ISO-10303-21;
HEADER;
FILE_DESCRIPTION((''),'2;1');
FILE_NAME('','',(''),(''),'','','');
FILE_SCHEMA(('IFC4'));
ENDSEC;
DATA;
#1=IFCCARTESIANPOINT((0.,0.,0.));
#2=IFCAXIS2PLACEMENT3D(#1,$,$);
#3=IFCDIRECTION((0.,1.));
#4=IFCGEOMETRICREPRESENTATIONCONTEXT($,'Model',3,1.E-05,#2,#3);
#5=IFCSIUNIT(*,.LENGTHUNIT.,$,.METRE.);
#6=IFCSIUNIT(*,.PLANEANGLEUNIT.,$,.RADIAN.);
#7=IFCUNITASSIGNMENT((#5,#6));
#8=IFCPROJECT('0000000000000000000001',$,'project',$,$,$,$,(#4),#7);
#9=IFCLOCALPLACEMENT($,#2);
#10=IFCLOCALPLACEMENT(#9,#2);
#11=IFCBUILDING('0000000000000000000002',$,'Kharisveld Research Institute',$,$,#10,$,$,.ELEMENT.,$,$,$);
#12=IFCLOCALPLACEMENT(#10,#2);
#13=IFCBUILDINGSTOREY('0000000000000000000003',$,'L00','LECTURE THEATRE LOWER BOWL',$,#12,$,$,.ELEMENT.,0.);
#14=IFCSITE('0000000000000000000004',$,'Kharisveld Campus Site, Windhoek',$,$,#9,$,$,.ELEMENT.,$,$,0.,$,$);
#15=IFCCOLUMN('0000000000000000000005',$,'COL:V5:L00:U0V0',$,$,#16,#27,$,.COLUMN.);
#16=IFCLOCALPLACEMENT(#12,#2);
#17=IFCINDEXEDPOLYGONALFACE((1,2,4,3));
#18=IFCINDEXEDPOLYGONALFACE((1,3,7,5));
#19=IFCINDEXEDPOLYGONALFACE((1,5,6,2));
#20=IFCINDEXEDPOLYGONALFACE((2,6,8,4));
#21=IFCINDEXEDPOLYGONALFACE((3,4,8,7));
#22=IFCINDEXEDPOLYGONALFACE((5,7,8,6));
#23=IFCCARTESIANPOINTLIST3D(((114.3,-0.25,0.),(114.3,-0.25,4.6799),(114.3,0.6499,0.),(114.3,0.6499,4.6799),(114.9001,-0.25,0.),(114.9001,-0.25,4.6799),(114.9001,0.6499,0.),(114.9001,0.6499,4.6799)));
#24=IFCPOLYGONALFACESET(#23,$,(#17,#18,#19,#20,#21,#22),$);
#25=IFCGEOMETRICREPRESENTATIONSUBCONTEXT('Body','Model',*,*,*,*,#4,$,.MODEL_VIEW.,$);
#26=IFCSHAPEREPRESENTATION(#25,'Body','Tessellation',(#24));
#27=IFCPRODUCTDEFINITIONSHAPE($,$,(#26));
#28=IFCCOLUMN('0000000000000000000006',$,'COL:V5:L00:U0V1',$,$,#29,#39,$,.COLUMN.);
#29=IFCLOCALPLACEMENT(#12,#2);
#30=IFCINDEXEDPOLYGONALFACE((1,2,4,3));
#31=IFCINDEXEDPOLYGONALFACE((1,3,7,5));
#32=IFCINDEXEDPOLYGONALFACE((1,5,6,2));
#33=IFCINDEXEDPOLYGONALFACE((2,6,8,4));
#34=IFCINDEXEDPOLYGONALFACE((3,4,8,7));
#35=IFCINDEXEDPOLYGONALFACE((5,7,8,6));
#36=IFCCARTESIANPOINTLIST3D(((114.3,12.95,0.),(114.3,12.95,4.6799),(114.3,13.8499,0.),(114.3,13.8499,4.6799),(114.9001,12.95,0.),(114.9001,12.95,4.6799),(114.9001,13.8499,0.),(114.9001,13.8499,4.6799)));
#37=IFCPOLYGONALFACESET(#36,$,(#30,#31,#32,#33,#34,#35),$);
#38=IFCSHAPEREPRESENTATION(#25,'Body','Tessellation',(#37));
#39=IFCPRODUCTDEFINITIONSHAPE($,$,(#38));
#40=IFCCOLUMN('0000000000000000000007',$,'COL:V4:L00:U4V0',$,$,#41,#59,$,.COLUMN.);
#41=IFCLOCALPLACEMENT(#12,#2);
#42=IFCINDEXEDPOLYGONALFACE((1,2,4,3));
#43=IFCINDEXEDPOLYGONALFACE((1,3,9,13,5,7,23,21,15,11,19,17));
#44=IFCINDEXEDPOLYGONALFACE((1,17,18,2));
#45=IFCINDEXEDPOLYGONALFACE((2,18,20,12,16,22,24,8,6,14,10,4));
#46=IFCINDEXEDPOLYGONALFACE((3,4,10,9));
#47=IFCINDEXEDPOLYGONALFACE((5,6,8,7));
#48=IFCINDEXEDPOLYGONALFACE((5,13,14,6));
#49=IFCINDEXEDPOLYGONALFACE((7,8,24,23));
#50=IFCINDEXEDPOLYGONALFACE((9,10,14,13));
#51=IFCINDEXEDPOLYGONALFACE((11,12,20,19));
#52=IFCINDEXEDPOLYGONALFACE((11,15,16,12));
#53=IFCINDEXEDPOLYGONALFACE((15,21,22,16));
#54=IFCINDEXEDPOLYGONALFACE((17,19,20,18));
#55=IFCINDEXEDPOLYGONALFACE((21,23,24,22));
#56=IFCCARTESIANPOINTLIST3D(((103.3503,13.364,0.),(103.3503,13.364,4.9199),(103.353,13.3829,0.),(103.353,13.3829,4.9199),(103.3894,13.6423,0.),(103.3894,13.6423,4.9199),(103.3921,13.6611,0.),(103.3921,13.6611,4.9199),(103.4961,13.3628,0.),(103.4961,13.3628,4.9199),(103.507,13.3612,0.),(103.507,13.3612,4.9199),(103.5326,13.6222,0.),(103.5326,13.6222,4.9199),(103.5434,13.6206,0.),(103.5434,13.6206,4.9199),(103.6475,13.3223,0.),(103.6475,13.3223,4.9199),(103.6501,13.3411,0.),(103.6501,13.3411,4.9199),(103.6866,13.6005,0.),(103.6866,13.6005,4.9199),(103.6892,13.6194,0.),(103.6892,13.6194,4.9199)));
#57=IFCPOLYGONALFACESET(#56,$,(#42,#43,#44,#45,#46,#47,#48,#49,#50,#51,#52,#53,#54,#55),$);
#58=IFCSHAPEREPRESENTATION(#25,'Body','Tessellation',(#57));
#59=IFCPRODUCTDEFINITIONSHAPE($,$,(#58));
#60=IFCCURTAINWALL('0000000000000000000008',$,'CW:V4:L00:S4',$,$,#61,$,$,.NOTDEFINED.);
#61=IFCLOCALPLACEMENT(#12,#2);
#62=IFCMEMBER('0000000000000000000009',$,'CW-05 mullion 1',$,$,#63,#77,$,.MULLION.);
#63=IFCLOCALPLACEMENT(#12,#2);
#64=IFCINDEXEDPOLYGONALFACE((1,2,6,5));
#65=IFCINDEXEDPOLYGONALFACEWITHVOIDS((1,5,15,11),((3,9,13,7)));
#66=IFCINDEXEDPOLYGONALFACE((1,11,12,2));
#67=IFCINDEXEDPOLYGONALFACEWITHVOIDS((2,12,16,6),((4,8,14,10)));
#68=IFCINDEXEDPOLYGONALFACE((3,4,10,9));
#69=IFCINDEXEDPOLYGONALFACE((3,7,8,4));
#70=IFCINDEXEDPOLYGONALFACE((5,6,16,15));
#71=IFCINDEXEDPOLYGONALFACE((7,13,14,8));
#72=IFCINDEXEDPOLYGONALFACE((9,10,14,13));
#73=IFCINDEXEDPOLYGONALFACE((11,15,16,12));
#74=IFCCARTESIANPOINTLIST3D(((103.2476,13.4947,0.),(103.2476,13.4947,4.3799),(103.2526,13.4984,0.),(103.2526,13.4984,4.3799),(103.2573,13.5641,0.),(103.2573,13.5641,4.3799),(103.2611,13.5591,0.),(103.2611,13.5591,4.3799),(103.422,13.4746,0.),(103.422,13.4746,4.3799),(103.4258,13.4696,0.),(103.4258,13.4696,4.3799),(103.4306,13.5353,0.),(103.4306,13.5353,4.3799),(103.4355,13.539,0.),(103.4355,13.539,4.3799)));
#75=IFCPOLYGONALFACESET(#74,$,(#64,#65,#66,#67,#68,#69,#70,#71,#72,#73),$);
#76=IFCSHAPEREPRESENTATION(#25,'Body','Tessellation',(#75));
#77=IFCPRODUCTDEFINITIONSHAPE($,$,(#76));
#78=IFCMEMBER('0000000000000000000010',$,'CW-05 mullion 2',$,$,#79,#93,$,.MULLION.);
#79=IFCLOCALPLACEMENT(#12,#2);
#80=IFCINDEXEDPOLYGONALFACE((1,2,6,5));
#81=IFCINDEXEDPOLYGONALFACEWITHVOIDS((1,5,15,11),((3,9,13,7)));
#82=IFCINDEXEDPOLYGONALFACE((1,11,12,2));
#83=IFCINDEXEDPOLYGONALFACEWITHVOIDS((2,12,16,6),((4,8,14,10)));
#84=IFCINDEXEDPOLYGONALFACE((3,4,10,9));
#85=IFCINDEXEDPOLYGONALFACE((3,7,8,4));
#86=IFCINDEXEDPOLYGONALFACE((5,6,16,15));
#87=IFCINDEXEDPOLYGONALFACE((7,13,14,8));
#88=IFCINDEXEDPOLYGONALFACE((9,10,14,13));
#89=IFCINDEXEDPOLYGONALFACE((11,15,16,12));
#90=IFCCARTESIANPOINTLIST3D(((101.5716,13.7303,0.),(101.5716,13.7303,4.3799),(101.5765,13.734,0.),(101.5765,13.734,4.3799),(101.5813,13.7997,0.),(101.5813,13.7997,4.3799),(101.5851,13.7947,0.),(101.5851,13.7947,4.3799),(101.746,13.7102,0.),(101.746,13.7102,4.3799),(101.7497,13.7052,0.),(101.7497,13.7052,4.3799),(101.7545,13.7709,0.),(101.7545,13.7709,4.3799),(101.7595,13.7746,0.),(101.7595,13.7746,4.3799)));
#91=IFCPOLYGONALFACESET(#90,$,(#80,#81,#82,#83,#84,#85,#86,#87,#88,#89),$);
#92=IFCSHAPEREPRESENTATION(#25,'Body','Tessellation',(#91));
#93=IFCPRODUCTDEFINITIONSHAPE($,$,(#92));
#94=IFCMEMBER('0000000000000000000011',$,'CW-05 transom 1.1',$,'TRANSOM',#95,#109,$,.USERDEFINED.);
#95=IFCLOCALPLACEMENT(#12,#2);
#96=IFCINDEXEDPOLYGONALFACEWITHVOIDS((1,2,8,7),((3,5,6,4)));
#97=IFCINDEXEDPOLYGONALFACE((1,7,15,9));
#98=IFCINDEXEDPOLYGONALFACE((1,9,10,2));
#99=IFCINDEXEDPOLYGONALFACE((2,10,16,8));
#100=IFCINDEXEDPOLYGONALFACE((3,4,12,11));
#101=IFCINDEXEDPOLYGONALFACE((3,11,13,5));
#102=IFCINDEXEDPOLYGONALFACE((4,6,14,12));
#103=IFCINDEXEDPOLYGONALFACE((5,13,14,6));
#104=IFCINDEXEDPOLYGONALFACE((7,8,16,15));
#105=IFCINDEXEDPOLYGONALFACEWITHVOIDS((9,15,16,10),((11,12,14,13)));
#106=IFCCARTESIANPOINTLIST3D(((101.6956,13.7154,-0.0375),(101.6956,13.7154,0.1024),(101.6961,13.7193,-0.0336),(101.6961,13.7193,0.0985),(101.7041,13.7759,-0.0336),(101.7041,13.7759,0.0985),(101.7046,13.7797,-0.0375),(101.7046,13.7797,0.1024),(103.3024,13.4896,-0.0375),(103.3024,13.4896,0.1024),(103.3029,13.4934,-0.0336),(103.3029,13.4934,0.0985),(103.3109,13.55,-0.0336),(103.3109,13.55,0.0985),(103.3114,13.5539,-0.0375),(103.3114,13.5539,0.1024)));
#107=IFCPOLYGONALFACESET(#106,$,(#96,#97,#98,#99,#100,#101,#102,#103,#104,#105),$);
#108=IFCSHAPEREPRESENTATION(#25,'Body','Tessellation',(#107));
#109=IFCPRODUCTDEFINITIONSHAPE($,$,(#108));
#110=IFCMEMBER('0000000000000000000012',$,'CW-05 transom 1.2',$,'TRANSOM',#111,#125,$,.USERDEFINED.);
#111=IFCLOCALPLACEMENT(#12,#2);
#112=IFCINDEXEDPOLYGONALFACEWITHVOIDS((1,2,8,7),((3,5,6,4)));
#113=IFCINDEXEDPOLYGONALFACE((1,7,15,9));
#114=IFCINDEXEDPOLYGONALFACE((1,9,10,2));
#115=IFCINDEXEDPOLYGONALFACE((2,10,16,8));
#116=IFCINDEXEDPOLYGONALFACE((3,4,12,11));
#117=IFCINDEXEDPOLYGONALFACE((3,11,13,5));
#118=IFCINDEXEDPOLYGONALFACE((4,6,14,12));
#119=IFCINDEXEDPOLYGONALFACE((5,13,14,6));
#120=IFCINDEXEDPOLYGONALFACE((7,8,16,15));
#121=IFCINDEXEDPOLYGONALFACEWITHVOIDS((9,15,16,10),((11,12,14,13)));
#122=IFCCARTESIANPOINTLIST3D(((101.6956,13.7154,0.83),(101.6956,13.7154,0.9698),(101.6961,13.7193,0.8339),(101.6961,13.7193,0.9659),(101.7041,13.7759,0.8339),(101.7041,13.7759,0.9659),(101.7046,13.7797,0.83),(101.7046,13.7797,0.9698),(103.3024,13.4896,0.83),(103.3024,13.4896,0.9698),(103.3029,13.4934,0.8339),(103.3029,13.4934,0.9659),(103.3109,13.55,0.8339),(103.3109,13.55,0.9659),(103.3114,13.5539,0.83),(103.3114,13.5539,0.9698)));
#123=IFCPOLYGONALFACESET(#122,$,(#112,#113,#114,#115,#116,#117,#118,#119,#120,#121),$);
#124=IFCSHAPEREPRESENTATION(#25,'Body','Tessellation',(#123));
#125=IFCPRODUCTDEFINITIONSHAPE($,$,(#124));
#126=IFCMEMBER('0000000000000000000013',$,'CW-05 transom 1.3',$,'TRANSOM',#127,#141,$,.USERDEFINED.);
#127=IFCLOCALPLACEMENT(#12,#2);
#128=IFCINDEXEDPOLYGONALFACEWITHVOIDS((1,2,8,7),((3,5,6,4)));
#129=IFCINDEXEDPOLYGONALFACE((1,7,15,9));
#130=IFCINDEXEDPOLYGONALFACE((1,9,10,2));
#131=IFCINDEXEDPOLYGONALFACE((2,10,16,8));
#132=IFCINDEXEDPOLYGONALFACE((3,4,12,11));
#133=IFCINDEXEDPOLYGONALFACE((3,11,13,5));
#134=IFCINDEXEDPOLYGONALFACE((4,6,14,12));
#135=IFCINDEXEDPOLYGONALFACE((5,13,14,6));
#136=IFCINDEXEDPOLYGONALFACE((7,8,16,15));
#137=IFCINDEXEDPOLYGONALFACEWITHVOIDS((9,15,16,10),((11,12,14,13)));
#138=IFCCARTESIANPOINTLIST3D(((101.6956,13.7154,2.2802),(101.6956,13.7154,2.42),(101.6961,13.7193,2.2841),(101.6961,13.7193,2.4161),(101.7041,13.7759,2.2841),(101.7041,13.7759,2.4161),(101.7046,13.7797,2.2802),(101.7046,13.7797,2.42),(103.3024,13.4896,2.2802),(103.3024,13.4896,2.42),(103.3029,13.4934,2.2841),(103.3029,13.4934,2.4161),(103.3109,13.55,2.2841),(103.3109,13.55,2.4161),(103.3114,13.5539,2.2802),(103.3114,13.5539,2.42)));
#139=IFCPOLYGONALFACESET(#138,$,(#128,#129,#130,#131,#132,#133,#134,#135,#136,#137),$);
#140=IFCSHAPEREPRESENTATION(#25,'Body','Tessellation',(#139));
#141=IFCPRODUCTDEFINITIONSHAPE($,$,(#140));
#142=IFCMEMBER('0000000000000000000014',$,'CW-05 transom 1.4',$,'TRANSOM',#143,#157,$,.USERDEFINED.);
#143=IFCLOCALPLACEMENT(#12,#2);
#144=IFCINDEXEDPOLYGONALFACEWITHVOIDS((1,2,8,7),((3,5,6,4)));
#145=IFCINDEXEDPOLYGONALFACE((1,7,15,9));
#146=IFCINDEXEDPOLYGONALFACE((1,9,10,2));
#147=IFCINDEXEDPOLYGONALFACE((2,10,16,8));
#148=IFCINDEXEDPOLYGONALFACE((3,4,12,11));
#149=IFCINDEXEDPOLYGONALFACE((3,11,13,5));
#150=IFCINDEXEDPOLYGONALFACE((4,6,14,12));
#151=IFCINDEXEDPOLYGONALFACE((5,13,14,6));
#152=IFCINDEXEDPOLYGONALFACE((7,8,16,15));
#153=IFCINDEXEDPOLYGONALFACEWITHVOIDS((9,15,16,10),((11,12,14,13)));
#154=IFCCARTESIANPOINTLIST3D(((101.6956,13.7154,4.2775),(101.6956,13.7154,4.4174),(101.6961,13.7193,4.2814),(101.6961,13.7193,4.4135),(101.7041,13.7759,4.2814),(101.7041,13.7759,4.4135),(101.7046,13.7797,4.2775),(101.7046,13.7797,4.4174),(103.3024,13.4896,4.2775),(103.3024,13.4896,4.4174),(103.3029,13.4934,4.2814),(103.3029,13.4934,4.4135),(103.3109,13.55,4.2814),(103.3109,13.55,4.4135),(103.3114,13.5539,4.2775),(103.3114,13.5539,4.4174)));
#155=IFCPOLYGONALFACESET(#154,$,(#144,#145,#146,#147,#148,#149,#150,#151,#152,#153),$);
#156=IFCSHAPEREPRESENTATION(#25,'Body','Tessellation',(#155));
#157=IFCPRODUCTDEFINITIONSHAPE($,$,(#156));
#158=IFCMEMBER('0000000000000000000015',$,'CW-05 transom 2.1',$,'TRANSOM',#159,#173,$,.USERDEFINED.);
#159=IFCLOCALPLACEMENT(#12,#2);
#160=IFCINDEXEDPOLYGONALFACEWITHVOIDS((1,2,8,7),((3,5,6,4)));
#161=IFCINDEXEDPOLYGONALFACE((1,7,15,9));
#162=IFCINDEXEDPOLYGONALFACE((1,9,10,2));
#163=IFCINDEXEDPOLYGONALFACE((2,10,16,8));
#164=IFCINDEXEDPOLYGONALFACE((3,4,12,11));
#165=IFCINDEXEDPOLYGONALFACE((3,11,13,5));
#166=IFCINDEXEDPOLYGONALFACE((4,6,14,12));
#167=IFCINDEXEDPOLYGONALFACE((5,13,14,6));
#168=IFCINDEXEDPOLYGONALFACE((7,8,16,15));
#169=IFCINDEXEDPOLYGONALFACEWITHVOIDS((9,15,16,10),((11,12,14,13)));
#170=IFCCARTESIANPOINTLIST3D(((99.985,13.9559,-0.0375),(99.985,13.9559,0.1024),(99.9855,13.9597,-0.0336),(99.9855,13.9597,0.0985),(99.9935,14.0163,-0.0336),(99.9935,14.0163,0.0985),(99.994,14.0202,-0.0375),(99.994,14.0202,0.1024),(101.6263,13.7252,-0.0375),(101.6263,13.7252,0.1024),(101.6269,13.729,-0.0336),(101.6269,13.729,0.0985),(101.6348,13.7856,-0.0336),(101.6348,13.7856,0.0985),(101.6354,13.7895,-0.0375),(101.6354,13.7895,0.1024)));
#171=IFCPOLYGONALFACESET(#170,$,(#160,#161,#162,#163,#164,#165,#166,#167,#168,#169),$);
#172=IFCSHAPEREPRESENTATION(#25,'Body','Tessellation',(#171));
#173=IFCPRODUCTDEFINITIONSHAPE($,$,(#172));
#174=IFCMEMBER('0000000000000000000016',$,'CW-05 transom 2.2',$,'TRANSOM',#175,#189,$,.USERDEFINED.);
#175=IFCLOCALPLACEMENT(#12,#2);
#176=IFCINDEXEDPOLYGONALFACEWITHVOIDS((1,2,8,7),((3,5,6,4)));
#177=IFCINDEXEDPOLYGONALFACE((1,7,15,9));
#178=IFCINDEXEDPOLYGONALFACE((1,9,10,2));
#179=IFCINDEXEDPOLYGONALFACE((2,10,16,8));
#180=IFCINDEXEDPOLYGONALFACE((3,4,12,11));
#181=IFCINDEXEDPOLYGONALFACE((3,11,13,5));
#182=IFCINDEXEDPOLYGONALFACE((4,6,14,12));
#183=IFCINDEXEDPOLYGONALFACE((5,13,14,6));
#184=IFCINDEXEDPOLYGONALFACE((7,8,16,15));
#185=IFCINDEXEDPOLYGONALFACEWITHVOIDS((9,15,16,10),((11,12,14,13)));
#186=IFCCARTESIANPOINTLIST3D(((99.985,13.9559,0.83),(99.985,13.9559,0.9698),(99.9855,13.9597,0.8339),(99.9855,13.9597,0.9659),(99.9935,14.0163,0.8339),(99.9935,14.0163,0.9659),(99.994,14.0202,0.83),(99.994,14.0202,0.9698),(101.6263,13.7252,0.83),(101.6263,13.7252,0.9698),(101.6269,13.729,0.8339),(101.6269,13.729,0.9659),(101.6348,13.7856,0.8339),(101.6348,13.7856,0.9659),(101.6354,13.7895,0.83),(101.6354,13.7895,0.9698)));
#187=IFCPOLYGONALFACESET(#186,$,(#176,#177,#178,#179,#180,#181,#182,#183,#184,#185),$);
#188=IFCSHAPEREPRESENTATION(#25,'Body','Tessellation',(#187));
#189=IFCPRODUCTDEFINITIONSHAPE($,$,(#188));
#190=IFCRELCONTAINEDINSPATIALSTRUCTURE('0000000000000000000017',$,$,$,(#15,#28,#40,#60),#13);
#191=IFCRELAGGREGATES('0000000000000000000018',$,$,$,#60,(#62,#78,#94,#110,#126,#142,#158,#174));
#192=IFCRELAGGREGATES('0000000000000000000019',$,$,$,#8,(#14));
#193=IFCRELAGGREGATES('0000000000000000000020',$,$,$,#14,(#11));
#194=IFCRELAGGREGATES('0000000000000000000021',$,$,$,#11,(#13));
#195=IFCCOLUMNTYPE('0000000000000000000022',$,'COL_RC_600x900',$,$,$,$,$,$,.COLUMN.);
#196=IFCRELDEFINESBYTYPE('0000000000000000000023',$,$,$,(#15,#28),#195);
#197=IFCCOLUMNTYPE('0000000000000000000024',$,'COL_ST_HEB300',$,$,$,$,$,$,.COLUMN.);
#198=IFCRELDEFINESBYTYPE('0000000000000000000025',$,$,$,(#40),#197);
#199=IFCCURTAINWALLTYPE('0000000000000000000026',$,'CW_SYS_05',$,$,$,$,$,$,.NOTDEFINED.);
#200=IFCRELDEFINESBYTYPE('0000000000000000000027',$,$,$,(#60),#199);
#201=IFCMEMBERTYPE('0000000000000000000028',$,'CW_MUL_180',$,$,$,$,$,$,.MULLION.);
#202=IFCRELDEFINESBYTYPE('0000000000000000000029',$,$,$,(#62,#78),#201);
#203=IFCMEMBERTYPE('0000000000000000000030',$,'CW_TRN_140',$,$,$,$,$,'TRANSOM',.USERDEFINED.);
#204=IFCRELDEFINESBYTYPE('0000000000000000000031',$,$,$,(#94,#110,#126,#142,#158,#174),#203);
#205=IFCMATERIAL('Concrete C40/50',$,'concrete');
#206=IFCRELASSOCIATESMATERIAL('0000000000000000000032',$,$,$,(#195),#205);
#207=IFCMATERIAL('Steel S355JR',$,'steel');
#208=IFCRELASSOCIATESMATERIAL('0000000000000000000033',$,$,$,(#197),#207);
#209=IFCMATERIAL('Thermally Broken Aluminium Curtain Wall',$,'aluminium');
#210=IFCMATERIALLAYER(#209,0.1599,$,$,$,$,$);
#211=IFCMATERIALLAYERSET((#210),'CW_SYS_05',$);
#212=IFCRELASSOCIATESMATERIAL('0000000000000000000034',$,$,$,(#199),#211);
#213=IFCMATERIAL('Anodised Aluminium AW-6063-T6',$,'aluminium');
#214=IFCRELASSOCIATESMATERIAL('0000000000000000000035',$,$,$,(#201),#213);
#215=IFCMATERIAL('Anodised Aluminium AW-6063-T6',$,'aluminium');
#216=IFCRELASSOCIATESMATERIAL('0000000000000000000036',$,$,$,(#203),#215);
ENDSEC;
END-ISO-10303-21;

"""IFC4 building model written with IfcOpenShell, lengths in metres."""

from ifc_helpers import new_model, si_unit, direction, frame, origin, origin_2d, place, context, subcontext, project, spatial, rectangle, hollow_rectangle, i_section, extrude, material, layer, layer_set, material_profile, profile_set, type_object, element, aggregate, save


model = new_model("IFC4")

# Units and contexts
model_context = context("Model", 3, precision=1e-05, world=origin(), true_north=direction((0.0, 1.0)))
body_context = subcontext(model_context, "Body", "Model", "MODEL_VIEW")
ifc_project = project(units=[si_unit("LENGTHUNIT", "METRE"), si_unit("PLANEANGLEUNIT", "RADIAN")], contexts=[model_context])

# Site, building, storey
site_placement = place(None, origin())
site = spatial("IfcSite", under=ifc_project, at=site_placement, Name="Kharisveld Campus Site, Windhoek", CompositionType="ELEMENT", RefElevation=0.0)
building_placement = place(site_placement, origin())
building = spatial("IfcBuilding", under=site, at=building_placement, Name="Kharisveld Research Institute", CompositionType="ELEMENT")
storey_placement = place(building_placement, origin())
storey = spatial("IfcBuildingStorey", under=building, at=storey_placement, Name="L00", Description="LECTURE THEATRE LOWER BOWL", CompositionType="ELEMENT", Elevation=0.0)

# Columns
ifc_material_1 = material(Name="Concrete C40/50", Category="concrete")
ifc_material_profile_1 = material_profile(ifc_material_1, rectangle(XDim=0.6001, YDim=0.8999, at=origin_2d()))
ifc_profile_set_1 = profile_set([ifc_material_profile_1], Name="Concrete C40/50")
column_type_1 = type_object("IfcColumnType", Name="COL_RC_600x900", PredefinedType="COLUMN", material=ifc_profile_set_1)
for number, where, z_axis, x_axis, name in (
    (1, (114.6001, 0.2, 0.0), (0.0, 0.0, 1.0), (1.0, 0.0, 0.0), "COL:V5:L00:U0V0"),
    (2, (114.6001, 13.3999, 0.0), (0.0, 0.0, 1.0), (1.0, 0.0, 0.0), "COL:V5:L00:U0V1"),
):
    element("IfcColumn", number, at=place(storey_placement, frame(where, z_axis=z_axis, x_axis=x_axis)), inside=storey, type_object=column_type_1, Name=name, PredefinedType="COLUMN", context=body_context, shape_type="SweptSolid", body=[
        extrude(rectangle(XDim=0.6001, YDim=0.8999, at=origin_2d()), origin(), (0.0, 0.0, 1.0), 4.6799),
    ])
ifc_material_2 = material(Name="Steel S355JR", Category="steel")
ifc_material_profile_2 = material_profile(ifc_material_2, i_section(OverallWidth=0.3, OverallDepth=0.3, WebThickness=0.011, FlangeThickness=0.019, at=origin_2d()))
ifc_profile_set_2 = profile_set([ifc_material_profile_2], Name="Steel S355JR")
column_type_2 = type_object("IfcColumnType", Name="COL_ST_HEB300", PredefinedType="COLUMN", material=ifc_profile_set_2)
column_placement = place(storey_placement, frame((103.5198, 13.4917, 0.0), z_axis=(0.0, 0.0, 1.0), x_axis=(0.990268, -0.139173, 0.0)))
element("IfcColumn", 3, at=column_placement, inside=storey, type_object=column_type_2, Name="COL:V4:L00:U4V0", PredefinedType="COLUMN", context=body_context, shape_type="SweptSolid", body=[
    extrude(i_section(OverallWidth=0.3, OverallDepth=0.3, WebThickness=0.011, FlangeThickness=0.019, at=origin_2d()), origin(), (0.0, 0.0, 1.0), 4.9199),
])

# Curtain wall, members
ifc_material_3 = material(Name="Thermally Broken Aluminium Curtain Wall", Category="aluminium")
ifc_layer_1 = layer(ifc_material_3, 0.1599)
ifc_layer_set_1 = layer_set([ifc_layer_1], Name="CW_SYS_05")
curtain_wall_type = type_object("IfcCurtainWallType", Name="CW_SYS_05", PredefinedType="NOTDEFINED", material=ifc_layer_set_1)
curtain_wall_placement = place(storey_placement, origin())
curtain_wall = element("IfcCurtainWall", 4, at=curtain_wall_placement, inside=storey, type_object=curtain_wall_type, Name="CW:V4:L00:S4", PredefinedType="NOTDEFINED")
ifc_material_4 = material(Name="Anodised Aluminium AW-6063-T6", Category="aluminium")
ifc_material_profile_3 = material_profile(ifc_material_4, hollow_rectangle(XDim=0.0701, YDim=0.1799, WallThickness=0.0044, at=origin_2d()))
ifc_profile_set_3 = profile_set([ifc_material_profile_3], Name="Anodised Aluminium AW-6063-T6")
member_type_1 = type_object("IfcMemberType", Name="CW_MUL_180", PredefinedType="MULLION", material=ifc_profile_set_3)
member_1_placement = place(storey_placement, frame((103.3416, 13.5168, 0.0), z_axis=(0.0, 0.0, 1.0), x_axis=(-0.139173, -0.990268, 0.0)))
member_1 = element("IfcMember", 5, at=member_1_placement, type_object=member_type_1, Name="CW-05 mullion 1", PredefinedType="MULLION", context=body_context, shape_type="SweptSolid", body=[
    extrude(hollow_rectangle(XDim=0.0701, YDim=0.1799, WallThickness=0.0044, at=origin_2d()), origin(), (0.0, 0.0, 1.0), 4.3799),
])
member_2_placement = place(storey_placement, frame((101.6655, 13.7524, 0.0), z_axis=(0.0, 0.0, 1.0), x_axis=(-0.139173, -0.990268, 0.0)))
member_2 = element("IfcMember", 6, at=member_2_placement, type_object=member_type_1, Name="CW-05 mullion 2", PredefinedType="MULLION", context=body_context, shape_type="SweptSolid", body=[
    extrude(hollow_rectangle(XDim=0.0701, YDim=0.1799, WallThickness=0.0044, at=origin_2d()), origin(), (0.0, 0.0, 1.0), 4.3799),
])
ifc_material_5 = material(Name="Anodised Aluminium AW-6063-T6", Category="aluminium")
ifc_material_profile_4 = material_profile(ifc_material_5, hollow_rectangle(XDim=0.0649, YDim=0.1399, WallThickness=0.0039, at=origin_2d()))
ifc_profile_set_4 = profile_set([ifc_material_profile_4], Name="Anodised Aluminium AW-6063-T6")
member_type_2 = type_object("IfcMemberType", Name="CW_TRN_140", ElementType="TRANSOM", PredefinedType="USERDEFINED", material=ifc_profile_set_4)
member_3_placement = place(storey_placement, frame((103.3069, 13.5217, 0.0325), z_axis=(-0.990266, 0.139188, 0.0), x_axis=(-0.139188, -0.990266, 0.0)))
member_3 = element("IfcMember", 7, at=member_3_placement, type_object=member_type_2, Name="CW-05 transom 1.1", ObjectType="TRANSOM", PredefinedType="USERDEFINED", context=body_context, shape_type="SweptSolid", body=[
    extrude(hollow_rectangle(XDim=0.0649, YDim=0.1399, WallThickness=0.0039, at=origin_2d()), origin(), (0.0, 0.0, 1.0), 1.6226),
])
member_4_placement = place(storey_placement, frame((103.3069, 13.5217, 0.8999), z_axis=(-0.990266, 0.139188, 0.0), x_axis=(-0.139188, -0.990266, 0.0)))
member_4 = element("IfcMember", 8, at=member_4_placement, type_object=member_type_2, Name="CW-05 transom 1.2", ObjectType="TRANSOM", PredefinedType="USERDEFINED", context=body_context, shape_type="SweptSolid", body=[
    extrude(hollow_rectangle(XDim=0.0649, YDim=0.1399, WallThickness=0.0039, at=origin_2d()), origin(), (0.0, 0.0, 1.0), 1.6226),
])
member_5_placement = place(storey_placement, frame((103.3069, 13.5217, 2.3501), z_axis=(-0.990266, 0.139188, 0.0), x_axis=(-0.139188, -0.990266, 0.0)))
member_5 = element("IfcMember", 9, at=member_5_placement, type_object=member_type_2, Name="CW-05 transom 1.3", ObjectType="TRANSOM", PredefinedType="USERDEFINED", context=body_context, shape_type="SweptSolid", body=[
    extrude(hollow_rectangle(XDim=0.0649, YDim=0.1399, WallThickness=0.0039, at=origin_2d()), origin(), (0.0, 0.0, 1.0), 1.6226),
])
member_6_placement = place(storey_placement, frame((103.3069, 13.5217, 4.3474), z_axis=(-0.990266, 0.139188, 0.0), x_axis=(-0.139188, -0.990266, 0.0)))
member_6 = element("IfcMember", 10, at=member_6_placement, type_object=member_type_2, Name="CW-05 transom 1.4", ObjectType="TRANSOM", PredefinedType="USERDEFINED", context=body_context, shape_type="SweptSolid", body=[
    extrude(hollow_rectangle(XDim=0.0649, YDim=0.1399, WallThickness=0.0039, at=origin_2d()), origin(), (0.0, 0.0, 1.0), 1.6226),
])
member_7_placement = place(storey_placement, frame((101.6309, 13.7573, 0.0325), z_axis=(-0.990265, 0.139194, 0.0), x_axis=(-0.139194, -0.990265, 0.0)))
member_7 = element("IfcMember", 11, at=member_7_placement, type_object=member_type_2, Name="CW-05 transom 2.1", ObjectType="TRANSOM", PredefinedType="USERDEFINED", context=body_context, shape_type="SweptSolid", body=[
    extrude(hollow_rectangle(XDim=0.0649, YDim=0.1399, WallThickness=0.0039, at=origin_2d()), origin(), (0.0, 0.0, 1.0), 1.6575),
])
member_8_placement = place(storey_placement, frame((101.6309, 13.7573, 0.8999), z_axis=(-0.990265, 0.139194, 0.0), x_axis=(-0.139194, -0.990265, 0.0)))
member_8 = element("IfcMember", 12, at=member_8_placement, type_object=member_type_2, Name="CW-05 transom 2.2", ObjectType="TRANSOM", PredefinedType="USERDEFINED", context=body_context, shape_type="SweptSolid", body=[
    extrude(hollow_rectangle(XDim=0.0649, YDim=0.1399, WallThickness=0.0039, at=origin_2d()), origin(), (0.0, 0.0, 1.0), 1.6575),
])

aggregate(curtain_wall, [member_1, member_2, member_3, member_4, member_5, member_6, member_7, member_8])

save(model, "model.ifc")
